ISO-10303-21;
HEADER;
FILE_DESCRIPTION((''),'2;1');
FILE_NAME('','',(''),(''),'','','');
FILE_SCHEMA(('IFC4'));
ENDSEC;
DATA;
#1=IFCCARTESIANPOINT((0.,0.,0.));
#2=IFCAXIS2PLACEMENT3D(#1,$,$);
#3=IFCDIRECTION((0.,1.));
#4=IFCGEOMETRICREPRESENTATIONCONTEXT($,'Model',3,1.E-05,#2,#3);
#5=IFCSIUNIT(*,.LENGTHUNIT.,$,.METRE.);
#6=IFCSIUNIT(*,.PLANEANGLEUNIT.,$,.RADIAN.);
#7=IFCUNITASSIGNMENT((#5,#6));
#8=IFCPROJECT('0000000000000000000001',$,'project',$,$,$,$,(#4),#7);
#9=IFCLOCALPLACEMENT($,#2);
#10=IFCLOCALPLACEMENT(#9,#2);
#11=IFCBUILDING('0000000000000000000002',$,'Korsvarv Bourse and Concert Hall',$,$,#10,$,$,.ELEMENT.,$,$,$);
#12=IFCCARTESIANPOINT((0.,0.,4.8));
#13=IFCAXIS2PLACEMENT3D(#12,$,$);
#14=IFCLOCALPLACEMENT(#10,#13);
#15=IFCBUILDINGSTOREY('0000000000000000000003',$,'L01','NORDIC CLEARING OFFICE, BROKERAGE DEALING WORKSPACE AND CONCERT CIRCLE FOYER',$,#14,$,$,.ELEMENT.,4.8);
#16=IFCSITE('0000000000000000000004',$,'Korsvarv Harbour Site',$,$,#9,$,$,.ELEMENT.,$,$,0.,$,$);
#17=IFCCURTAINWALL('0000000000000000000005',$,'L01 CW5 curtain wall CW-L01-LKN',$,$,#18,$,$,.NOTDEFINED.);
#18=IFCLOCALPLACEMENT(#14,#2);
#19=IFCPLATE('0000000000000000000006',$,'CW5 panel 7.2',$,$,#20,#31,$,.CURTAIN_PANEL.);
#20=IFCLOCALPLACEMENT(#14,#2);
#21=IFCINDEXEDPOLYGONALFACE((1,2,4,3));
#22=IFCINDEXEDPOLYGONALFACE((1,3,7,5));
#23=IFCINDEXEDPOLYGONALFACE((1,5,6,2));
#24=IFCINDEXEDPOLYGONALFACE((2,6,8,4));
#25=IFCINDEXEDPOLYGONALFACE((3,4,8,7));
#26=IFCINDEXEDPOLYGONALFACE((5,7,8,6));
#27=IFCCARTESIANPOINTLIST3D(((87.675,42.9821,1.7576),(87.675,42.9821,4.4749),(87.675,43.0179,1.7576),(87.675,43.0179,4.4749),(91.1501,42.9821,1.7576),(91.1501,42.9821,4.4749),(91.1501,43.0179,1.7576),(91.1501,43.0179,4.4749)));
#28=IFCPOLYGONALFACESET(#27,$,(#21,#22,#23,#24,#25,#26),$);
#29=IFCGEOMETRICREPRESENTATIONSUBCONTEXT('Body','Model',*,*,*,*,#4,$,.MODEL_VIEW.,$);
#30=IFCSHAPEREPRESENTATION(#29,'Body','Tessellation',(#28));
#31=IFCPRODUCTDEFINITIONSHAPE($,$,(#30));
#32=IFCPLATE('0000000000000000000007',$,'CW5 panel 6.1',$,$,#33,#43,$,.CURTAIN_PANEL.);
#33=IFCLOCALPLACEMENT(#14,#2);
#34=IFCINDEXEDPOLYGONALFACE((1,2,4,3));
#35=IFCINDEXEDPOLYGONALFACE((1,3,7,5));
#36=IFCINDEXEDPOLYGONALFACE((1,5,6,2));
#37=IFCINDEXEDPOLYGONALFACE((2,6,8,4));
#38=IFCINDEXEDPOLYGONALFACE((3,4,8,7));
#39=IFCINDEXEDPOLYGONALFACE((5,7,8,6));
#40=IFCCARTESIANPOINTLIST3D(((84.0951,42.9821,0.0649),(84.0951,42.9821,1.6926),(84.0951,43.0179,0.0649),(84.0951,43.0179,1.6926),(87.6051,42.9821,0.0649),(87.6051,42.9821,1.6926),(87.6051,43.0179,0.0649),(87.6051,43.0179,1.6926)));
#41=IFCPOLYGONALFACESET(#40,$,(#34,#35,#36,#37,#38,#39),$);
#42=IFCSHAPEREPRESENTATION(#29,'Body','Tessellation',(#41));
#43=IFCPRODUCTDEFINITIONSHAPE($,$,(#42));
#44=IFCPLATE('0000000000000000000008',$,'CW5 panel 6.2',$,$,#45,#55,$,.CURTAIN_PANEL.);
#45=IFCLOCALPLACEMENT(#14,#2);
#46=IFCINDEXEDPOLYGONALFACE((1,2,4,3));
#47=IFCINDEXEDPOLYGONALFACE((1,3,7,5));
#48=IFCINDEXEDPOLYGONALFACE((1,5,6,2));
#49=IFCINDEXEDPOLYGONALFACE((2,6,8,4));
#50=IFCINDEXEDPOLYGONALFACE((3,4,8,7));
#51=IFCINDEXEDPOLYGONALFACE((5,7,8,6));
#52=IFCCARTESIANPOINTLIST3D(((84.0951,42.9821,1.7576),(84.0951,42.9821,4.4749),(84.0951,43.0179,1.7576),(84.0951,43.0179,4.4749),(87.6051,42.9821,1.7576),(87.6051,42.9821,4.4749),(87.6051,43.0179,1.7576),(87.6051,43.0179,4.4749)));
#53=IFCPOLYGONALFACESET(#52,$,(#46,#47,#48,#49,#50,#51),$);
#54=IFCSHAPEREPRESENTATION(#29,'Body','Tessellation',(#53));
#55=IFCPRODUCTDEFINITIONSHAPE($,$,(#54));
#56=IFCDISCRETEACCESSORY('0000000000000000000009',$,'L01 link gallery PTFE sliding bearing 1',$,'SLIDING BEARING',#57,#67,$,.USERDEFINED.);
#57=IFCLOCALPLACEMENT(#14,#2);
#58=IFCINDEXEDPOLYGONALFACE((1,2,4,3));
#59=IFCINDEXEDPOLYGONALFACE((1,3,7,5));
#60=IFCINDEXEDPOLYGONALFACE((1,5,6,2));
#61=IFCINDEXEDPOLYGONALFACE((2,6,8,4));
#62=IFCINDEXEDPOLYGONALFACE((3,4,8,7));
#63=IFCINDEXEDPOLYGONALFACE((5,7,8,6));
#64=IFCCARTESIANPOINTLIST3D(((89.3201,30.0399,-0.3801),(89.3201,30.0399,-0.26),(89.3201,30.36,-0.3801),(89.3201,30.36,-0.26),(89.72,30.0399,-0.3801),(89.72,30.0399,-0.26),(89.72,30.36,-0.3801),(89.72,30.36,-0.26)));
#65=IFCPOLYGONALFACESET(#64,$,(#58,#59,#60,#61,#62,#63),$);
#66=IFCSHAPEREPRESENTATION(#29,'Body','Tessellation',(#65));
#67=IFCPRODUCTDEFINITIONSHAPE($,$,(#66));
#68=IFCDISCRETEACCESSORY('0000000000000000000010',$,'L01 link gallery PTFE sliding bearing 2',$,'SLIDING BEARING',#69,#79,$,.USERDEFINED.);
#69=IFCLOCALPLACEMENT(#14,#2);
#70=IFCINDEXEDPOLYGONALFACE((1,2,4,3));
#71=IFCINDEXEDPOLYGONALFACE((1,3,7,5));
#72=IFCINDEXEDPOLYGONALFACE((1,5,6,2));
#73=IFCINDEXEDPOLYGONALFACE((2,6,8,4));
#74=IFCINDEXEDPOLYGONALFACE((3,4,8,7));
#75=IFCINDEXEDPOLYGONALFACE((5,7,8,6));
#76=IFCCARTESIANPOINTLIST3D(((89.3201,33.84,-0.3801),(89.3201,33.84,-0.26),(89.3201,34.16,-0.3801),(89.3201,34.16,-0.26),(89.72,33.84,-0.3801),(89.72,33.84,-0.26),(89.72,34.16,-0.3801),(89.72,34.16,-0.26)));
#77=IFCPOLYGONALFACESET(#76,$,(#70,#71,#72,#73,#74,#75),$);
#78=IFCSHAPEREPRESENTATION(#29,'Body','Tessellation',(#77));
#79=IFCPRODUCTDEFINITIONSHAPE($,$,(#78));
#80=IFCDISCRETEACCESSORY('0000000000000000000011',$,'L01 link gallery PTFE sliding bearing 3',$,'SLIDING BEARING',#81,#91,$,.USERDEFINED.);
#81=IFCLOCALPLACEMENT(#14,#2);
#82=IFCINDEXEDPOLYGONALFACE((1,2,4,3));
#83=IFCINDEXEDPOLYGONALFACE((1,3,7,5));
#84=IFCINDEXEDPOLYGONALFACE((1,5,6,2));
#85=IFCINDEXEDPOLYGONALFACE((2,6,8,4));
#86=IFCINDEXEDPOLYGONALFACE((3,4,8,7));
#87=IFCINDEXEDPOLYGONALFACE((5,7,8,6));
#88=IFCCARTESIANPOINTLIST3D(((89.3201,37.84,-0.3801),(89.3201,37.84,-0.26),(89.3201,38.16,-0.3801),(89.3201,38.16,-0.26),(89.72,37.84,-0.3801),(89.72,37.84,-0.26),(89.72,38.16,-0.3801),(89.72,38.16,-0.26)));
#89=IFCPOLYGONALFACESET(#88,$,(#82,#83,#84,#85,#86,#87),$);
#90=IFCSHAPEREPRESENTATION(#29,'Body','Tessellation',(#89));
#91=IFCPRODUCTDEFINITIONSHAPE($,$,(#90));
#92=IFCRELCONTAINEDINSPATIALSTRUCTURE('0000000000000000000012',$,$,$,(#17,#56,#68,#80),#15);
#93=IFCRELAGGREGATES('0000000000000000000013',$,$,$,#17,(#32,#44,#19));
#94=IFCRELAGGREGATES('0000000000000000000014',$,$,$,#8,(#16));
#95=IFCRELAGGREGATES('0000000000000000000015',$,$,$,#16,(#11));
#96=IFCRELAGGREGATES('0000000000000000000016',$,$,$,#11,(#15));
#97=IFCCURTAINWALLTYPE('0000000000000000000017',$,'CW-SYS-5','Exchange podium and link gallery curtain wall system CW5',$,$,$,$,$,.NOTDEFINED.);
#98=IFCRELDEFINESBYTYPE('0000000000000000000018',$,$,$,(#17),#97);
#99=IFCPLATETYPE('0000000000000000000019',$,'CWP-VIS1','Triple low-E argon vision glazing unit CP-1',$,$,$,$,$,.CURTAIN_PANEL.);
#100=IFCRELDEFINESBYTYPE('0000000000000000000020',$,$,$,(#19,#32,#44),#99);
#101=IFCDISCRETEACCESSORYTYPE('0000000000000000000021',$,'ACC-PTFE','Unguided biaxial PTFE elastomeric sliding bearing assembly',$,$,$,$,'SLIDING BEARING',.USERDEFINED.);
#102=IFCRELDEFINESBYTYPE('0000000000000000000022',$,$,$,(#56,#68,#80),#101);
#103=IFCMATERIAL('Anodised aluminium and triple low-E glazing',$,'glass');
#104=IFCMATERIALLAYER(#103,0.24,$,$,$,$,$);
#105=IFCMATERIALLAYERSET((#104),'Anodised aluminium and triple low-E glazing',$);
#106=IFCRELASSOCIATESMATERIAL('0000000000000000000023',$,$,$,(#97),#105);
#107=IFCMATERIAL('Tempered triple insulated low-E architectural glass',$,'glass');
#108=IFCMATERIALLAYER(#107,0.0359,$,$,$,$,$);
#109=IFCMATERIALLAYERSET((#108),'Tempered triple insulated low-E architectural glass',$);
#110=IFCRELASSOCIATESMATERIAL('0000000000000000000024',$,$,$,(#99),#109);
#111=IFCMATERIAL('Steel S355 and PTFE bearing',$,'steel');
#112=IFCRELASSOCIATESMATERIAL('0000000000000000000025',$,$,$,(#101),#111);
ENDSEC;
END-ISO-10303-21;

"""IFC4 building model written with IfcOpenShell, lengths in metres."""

from ifc_helpers import new_model, si_unit, direction, frame, origin, origin_2d, place, context, subcontext, project, spatial, rectangle, extrude, source, transform, mapped, material, layer, layer_set, type_object, element, aggregate, save


model = new_model("IFC4")

# Units and contexts
model_context = context("Model", 3, precision=1e-05, world=origin(), true_north=direction((0.0, 1.0)))
body_context = subcontext(model_context, "Body", "Model", "MODEL_VIEW")
ifc_project = project(units=[si_unit("LENGTHUNIT", "METRE"), si_unit("PLANEANGLEUNIT", "RADIAN")], contexts=[model_context])

# Site, building, storey
site_placement = place(None, origin())
site = spatial("IfcSite", under=ifc_project, at=site_placement, Name="Korsvarv Harbour Site", CompositionType="ELEMENT", RefElevation=0.0)
building_placement = place(site_placement, origin())
building = spatial("IfcBuilding", under=site, at=building_placement, Name="Korsvarv Bourse and Concert Hall", CompositionType="ELEMENT")
storey_placement = place(building_placement, frame((0.0, 0.0, 4.8)))
storey = spatial("IfcBuildingStorey", under=building, at=storey_placement, Name="L01", Description="NORDIC CLEARING OFFICE, BROKERAGE DEALING WORKSPACE AND CONCERT CIRCLE FOYER", CompositionType="ELEMENT", Elevation=4.8)

# Curtain wall
ifc_material_1 = material(Name="Anodised aluminium and triple low-E glazing", Category="glass")
ifc_layer_1 = layer(ifc_material_1, 0.24)
ifc_layer_set_1 = layer_set([ifc_layer_1], Name="Anodised aluminium and triple low-E glazing")
curtain_wall_type = type_object("IfcCurtainWallType", Name="CW-SYS-5", Description="Exchange podium and link gallery curtain wall system CW5", PredefinedType="NOTDEFINED", material=ifc_layer_set_1)
curtain_wall_1_placement = place(storey_placement, origin())
curtain_wall_1 = element("IfcCurtainWall", 1, at=curtain_wall_1_placement, inside=storey, type_object=curtain_wall_type, Name="L01 CW5 curtain wall CW-L01-LKN", PredefinedType="NOTDEFINED")

# Plates
ifc_material_2 = material(Name="Tempered triple insulated low-E architectural glass", Category="glass")
ifc_layer_2 = layer(ifc_material_2, 0.0359)
ifc_layer_set_2 = layer_set([ifc_layer_2], Name="Tempered triple insulated low-E architectural glass")
plate_type = type_object("IfcPlateType", Name="CWP-VIS1", Description="Triple low-E argon vision glazing unit CP-1", PredefinedType="CURTAIN_PANEL", material=ifc_layer_set_2)
shared_shape_1 = source(origin(), body_context, "Body", "SweptSolid", [
    extrude(rectangle(XDim=3.4751, YDim=0.0359, at=origin_2d()), origin(), (0.0, 0.0, 1.0), 2.7173),
])
plate_1_placement = place(storey_placement, frame((89.4126, 43.0, 1.7576), z_axis=(0.0, 0.0, 1.0), x_axis=(1.0, 0.0, 0.0)))
plate_1 = element("IfcPlate", 2, at=plate_1_placement, type_object=plate_type, Name="CW5 panel 7.2", PredefinedType="CURTAIN_PANEL", context=body_context, shape_type="MappedRepresentation", body=[
    mapped(shared_shape_1, transform((0.0, 0.0, 0.0), scale=1.0)),
])
shared_shape_2 = source(origin(), body_context, "Body", "SweptSolid", [
    extrude(rectangle(XDim=3.51, YDim=0.0359, at=origin_2d()), origin(), (0.0, 0.0, 1.0), 1.6277),
])
plate_2_placement = place(storey_placement, frame((85.8501, 43.0, 0.0649), z_axis=(0.0, 0.0, 1.0), x_axis=(1.0, 0.0, 0.0)))
plate_2 = element("IfcPlate", 3, at=plate_2_placement, type_object=plate_type, Name="CW5 panel 6.1", PredefinedType="CURTAIN_PANEL", context=body_context, shape_type="MappedRepresentation", body=[
    mapped(shared_shape_2, transform((0.0, 0.0, 0.0), scale=1.0)),
])
shared_shape_3 = source(origin(), body_context, "Body", "SweptSolid", [
    extrude(rectangle(XDim=3.51, YDim=0.0359, at=origin_2d()), origin(), (0.0, 0.0, 1.0), 2.7173),
])
plate_3_placement = place(storey_placement, frame((85.8501, 43.0, 1.7576), z_axis=(0.0, 0.0, 1.0), x_axis=(1.0, 0.0, 0.0)))
plate_3 = element("IfcPlate", 4, at=plate_3_placement, type_object=plate_type, Name="CW5 panel 6.2", PredefinedType="CURTAIN_PANEL", context=body_context, shape_type="MappedRepresentation", body=[
    mapped(shared_shape_3, transform((0.0, 0.0, 0.0), scale=1.0)),
])
aggregate(curtain_wall_1, [plate_2, plate_3, plate_1])

# Discrete accessories
ifc_material_3 = material(Name="Steel S355 and PTFE bearing", Category="steel")
discrete_accessory_type = type_object("IfcDiscreteAccessoryType", Name="ACC-PTFE", Description="Unguided biaxial PTFE elastomeric sliding bearing assembly", ElementType="SLIDING BEARING", PredefinedType="USERDEFINED", material=ifc_material_3)
shared_shape_4 = source(origin(), body_context, "Body", "SweptSolid", [
    extrude(rectangle(XDim=0.3999, YDim=0.3201, at=origin_2d()), origin(), (0.0, 0.0, 1.0), 0.1201),
])
for number, where, z_axis, x_axis, name in (
    (5, (89.52, 30.2, -0.3801), (0.0, 0.0, 1.0), (1.0, 0.0, 0.0), "L01 link gallery PTFE sliding bearing 1"),
    (6, (89.52, 34.0, -0.3801), (0.0, 0.0, 1.0), (1.0, 0.0, 0.0), "L01 link gallery PTFE sliding bearing 2"),
    (7, (89.52, 38.0, -0.3801), (0.0, 0.0, 1.0), (1.0, 0.0, 0.0), "L01 link gallery PTFE sliding bearing 3"),
):
    element("IfcDiscreteAccessory", number, at=place(storey_placement, frame(where, z_axis=z_axis, x_axis=x_axis)), inside=storey, type_object=discrete_accessory_type, Name=name, ObjectType="SLIDING BEARING", PredefinedType="USERDEFINED", context=body_context, shape_type="MappedRepresentation", body=[
        mapped(shared_shape_4, transform((0.0, 0.0, 0.0), scale=1.0)),
    ])

save(model, "model.ifc")
